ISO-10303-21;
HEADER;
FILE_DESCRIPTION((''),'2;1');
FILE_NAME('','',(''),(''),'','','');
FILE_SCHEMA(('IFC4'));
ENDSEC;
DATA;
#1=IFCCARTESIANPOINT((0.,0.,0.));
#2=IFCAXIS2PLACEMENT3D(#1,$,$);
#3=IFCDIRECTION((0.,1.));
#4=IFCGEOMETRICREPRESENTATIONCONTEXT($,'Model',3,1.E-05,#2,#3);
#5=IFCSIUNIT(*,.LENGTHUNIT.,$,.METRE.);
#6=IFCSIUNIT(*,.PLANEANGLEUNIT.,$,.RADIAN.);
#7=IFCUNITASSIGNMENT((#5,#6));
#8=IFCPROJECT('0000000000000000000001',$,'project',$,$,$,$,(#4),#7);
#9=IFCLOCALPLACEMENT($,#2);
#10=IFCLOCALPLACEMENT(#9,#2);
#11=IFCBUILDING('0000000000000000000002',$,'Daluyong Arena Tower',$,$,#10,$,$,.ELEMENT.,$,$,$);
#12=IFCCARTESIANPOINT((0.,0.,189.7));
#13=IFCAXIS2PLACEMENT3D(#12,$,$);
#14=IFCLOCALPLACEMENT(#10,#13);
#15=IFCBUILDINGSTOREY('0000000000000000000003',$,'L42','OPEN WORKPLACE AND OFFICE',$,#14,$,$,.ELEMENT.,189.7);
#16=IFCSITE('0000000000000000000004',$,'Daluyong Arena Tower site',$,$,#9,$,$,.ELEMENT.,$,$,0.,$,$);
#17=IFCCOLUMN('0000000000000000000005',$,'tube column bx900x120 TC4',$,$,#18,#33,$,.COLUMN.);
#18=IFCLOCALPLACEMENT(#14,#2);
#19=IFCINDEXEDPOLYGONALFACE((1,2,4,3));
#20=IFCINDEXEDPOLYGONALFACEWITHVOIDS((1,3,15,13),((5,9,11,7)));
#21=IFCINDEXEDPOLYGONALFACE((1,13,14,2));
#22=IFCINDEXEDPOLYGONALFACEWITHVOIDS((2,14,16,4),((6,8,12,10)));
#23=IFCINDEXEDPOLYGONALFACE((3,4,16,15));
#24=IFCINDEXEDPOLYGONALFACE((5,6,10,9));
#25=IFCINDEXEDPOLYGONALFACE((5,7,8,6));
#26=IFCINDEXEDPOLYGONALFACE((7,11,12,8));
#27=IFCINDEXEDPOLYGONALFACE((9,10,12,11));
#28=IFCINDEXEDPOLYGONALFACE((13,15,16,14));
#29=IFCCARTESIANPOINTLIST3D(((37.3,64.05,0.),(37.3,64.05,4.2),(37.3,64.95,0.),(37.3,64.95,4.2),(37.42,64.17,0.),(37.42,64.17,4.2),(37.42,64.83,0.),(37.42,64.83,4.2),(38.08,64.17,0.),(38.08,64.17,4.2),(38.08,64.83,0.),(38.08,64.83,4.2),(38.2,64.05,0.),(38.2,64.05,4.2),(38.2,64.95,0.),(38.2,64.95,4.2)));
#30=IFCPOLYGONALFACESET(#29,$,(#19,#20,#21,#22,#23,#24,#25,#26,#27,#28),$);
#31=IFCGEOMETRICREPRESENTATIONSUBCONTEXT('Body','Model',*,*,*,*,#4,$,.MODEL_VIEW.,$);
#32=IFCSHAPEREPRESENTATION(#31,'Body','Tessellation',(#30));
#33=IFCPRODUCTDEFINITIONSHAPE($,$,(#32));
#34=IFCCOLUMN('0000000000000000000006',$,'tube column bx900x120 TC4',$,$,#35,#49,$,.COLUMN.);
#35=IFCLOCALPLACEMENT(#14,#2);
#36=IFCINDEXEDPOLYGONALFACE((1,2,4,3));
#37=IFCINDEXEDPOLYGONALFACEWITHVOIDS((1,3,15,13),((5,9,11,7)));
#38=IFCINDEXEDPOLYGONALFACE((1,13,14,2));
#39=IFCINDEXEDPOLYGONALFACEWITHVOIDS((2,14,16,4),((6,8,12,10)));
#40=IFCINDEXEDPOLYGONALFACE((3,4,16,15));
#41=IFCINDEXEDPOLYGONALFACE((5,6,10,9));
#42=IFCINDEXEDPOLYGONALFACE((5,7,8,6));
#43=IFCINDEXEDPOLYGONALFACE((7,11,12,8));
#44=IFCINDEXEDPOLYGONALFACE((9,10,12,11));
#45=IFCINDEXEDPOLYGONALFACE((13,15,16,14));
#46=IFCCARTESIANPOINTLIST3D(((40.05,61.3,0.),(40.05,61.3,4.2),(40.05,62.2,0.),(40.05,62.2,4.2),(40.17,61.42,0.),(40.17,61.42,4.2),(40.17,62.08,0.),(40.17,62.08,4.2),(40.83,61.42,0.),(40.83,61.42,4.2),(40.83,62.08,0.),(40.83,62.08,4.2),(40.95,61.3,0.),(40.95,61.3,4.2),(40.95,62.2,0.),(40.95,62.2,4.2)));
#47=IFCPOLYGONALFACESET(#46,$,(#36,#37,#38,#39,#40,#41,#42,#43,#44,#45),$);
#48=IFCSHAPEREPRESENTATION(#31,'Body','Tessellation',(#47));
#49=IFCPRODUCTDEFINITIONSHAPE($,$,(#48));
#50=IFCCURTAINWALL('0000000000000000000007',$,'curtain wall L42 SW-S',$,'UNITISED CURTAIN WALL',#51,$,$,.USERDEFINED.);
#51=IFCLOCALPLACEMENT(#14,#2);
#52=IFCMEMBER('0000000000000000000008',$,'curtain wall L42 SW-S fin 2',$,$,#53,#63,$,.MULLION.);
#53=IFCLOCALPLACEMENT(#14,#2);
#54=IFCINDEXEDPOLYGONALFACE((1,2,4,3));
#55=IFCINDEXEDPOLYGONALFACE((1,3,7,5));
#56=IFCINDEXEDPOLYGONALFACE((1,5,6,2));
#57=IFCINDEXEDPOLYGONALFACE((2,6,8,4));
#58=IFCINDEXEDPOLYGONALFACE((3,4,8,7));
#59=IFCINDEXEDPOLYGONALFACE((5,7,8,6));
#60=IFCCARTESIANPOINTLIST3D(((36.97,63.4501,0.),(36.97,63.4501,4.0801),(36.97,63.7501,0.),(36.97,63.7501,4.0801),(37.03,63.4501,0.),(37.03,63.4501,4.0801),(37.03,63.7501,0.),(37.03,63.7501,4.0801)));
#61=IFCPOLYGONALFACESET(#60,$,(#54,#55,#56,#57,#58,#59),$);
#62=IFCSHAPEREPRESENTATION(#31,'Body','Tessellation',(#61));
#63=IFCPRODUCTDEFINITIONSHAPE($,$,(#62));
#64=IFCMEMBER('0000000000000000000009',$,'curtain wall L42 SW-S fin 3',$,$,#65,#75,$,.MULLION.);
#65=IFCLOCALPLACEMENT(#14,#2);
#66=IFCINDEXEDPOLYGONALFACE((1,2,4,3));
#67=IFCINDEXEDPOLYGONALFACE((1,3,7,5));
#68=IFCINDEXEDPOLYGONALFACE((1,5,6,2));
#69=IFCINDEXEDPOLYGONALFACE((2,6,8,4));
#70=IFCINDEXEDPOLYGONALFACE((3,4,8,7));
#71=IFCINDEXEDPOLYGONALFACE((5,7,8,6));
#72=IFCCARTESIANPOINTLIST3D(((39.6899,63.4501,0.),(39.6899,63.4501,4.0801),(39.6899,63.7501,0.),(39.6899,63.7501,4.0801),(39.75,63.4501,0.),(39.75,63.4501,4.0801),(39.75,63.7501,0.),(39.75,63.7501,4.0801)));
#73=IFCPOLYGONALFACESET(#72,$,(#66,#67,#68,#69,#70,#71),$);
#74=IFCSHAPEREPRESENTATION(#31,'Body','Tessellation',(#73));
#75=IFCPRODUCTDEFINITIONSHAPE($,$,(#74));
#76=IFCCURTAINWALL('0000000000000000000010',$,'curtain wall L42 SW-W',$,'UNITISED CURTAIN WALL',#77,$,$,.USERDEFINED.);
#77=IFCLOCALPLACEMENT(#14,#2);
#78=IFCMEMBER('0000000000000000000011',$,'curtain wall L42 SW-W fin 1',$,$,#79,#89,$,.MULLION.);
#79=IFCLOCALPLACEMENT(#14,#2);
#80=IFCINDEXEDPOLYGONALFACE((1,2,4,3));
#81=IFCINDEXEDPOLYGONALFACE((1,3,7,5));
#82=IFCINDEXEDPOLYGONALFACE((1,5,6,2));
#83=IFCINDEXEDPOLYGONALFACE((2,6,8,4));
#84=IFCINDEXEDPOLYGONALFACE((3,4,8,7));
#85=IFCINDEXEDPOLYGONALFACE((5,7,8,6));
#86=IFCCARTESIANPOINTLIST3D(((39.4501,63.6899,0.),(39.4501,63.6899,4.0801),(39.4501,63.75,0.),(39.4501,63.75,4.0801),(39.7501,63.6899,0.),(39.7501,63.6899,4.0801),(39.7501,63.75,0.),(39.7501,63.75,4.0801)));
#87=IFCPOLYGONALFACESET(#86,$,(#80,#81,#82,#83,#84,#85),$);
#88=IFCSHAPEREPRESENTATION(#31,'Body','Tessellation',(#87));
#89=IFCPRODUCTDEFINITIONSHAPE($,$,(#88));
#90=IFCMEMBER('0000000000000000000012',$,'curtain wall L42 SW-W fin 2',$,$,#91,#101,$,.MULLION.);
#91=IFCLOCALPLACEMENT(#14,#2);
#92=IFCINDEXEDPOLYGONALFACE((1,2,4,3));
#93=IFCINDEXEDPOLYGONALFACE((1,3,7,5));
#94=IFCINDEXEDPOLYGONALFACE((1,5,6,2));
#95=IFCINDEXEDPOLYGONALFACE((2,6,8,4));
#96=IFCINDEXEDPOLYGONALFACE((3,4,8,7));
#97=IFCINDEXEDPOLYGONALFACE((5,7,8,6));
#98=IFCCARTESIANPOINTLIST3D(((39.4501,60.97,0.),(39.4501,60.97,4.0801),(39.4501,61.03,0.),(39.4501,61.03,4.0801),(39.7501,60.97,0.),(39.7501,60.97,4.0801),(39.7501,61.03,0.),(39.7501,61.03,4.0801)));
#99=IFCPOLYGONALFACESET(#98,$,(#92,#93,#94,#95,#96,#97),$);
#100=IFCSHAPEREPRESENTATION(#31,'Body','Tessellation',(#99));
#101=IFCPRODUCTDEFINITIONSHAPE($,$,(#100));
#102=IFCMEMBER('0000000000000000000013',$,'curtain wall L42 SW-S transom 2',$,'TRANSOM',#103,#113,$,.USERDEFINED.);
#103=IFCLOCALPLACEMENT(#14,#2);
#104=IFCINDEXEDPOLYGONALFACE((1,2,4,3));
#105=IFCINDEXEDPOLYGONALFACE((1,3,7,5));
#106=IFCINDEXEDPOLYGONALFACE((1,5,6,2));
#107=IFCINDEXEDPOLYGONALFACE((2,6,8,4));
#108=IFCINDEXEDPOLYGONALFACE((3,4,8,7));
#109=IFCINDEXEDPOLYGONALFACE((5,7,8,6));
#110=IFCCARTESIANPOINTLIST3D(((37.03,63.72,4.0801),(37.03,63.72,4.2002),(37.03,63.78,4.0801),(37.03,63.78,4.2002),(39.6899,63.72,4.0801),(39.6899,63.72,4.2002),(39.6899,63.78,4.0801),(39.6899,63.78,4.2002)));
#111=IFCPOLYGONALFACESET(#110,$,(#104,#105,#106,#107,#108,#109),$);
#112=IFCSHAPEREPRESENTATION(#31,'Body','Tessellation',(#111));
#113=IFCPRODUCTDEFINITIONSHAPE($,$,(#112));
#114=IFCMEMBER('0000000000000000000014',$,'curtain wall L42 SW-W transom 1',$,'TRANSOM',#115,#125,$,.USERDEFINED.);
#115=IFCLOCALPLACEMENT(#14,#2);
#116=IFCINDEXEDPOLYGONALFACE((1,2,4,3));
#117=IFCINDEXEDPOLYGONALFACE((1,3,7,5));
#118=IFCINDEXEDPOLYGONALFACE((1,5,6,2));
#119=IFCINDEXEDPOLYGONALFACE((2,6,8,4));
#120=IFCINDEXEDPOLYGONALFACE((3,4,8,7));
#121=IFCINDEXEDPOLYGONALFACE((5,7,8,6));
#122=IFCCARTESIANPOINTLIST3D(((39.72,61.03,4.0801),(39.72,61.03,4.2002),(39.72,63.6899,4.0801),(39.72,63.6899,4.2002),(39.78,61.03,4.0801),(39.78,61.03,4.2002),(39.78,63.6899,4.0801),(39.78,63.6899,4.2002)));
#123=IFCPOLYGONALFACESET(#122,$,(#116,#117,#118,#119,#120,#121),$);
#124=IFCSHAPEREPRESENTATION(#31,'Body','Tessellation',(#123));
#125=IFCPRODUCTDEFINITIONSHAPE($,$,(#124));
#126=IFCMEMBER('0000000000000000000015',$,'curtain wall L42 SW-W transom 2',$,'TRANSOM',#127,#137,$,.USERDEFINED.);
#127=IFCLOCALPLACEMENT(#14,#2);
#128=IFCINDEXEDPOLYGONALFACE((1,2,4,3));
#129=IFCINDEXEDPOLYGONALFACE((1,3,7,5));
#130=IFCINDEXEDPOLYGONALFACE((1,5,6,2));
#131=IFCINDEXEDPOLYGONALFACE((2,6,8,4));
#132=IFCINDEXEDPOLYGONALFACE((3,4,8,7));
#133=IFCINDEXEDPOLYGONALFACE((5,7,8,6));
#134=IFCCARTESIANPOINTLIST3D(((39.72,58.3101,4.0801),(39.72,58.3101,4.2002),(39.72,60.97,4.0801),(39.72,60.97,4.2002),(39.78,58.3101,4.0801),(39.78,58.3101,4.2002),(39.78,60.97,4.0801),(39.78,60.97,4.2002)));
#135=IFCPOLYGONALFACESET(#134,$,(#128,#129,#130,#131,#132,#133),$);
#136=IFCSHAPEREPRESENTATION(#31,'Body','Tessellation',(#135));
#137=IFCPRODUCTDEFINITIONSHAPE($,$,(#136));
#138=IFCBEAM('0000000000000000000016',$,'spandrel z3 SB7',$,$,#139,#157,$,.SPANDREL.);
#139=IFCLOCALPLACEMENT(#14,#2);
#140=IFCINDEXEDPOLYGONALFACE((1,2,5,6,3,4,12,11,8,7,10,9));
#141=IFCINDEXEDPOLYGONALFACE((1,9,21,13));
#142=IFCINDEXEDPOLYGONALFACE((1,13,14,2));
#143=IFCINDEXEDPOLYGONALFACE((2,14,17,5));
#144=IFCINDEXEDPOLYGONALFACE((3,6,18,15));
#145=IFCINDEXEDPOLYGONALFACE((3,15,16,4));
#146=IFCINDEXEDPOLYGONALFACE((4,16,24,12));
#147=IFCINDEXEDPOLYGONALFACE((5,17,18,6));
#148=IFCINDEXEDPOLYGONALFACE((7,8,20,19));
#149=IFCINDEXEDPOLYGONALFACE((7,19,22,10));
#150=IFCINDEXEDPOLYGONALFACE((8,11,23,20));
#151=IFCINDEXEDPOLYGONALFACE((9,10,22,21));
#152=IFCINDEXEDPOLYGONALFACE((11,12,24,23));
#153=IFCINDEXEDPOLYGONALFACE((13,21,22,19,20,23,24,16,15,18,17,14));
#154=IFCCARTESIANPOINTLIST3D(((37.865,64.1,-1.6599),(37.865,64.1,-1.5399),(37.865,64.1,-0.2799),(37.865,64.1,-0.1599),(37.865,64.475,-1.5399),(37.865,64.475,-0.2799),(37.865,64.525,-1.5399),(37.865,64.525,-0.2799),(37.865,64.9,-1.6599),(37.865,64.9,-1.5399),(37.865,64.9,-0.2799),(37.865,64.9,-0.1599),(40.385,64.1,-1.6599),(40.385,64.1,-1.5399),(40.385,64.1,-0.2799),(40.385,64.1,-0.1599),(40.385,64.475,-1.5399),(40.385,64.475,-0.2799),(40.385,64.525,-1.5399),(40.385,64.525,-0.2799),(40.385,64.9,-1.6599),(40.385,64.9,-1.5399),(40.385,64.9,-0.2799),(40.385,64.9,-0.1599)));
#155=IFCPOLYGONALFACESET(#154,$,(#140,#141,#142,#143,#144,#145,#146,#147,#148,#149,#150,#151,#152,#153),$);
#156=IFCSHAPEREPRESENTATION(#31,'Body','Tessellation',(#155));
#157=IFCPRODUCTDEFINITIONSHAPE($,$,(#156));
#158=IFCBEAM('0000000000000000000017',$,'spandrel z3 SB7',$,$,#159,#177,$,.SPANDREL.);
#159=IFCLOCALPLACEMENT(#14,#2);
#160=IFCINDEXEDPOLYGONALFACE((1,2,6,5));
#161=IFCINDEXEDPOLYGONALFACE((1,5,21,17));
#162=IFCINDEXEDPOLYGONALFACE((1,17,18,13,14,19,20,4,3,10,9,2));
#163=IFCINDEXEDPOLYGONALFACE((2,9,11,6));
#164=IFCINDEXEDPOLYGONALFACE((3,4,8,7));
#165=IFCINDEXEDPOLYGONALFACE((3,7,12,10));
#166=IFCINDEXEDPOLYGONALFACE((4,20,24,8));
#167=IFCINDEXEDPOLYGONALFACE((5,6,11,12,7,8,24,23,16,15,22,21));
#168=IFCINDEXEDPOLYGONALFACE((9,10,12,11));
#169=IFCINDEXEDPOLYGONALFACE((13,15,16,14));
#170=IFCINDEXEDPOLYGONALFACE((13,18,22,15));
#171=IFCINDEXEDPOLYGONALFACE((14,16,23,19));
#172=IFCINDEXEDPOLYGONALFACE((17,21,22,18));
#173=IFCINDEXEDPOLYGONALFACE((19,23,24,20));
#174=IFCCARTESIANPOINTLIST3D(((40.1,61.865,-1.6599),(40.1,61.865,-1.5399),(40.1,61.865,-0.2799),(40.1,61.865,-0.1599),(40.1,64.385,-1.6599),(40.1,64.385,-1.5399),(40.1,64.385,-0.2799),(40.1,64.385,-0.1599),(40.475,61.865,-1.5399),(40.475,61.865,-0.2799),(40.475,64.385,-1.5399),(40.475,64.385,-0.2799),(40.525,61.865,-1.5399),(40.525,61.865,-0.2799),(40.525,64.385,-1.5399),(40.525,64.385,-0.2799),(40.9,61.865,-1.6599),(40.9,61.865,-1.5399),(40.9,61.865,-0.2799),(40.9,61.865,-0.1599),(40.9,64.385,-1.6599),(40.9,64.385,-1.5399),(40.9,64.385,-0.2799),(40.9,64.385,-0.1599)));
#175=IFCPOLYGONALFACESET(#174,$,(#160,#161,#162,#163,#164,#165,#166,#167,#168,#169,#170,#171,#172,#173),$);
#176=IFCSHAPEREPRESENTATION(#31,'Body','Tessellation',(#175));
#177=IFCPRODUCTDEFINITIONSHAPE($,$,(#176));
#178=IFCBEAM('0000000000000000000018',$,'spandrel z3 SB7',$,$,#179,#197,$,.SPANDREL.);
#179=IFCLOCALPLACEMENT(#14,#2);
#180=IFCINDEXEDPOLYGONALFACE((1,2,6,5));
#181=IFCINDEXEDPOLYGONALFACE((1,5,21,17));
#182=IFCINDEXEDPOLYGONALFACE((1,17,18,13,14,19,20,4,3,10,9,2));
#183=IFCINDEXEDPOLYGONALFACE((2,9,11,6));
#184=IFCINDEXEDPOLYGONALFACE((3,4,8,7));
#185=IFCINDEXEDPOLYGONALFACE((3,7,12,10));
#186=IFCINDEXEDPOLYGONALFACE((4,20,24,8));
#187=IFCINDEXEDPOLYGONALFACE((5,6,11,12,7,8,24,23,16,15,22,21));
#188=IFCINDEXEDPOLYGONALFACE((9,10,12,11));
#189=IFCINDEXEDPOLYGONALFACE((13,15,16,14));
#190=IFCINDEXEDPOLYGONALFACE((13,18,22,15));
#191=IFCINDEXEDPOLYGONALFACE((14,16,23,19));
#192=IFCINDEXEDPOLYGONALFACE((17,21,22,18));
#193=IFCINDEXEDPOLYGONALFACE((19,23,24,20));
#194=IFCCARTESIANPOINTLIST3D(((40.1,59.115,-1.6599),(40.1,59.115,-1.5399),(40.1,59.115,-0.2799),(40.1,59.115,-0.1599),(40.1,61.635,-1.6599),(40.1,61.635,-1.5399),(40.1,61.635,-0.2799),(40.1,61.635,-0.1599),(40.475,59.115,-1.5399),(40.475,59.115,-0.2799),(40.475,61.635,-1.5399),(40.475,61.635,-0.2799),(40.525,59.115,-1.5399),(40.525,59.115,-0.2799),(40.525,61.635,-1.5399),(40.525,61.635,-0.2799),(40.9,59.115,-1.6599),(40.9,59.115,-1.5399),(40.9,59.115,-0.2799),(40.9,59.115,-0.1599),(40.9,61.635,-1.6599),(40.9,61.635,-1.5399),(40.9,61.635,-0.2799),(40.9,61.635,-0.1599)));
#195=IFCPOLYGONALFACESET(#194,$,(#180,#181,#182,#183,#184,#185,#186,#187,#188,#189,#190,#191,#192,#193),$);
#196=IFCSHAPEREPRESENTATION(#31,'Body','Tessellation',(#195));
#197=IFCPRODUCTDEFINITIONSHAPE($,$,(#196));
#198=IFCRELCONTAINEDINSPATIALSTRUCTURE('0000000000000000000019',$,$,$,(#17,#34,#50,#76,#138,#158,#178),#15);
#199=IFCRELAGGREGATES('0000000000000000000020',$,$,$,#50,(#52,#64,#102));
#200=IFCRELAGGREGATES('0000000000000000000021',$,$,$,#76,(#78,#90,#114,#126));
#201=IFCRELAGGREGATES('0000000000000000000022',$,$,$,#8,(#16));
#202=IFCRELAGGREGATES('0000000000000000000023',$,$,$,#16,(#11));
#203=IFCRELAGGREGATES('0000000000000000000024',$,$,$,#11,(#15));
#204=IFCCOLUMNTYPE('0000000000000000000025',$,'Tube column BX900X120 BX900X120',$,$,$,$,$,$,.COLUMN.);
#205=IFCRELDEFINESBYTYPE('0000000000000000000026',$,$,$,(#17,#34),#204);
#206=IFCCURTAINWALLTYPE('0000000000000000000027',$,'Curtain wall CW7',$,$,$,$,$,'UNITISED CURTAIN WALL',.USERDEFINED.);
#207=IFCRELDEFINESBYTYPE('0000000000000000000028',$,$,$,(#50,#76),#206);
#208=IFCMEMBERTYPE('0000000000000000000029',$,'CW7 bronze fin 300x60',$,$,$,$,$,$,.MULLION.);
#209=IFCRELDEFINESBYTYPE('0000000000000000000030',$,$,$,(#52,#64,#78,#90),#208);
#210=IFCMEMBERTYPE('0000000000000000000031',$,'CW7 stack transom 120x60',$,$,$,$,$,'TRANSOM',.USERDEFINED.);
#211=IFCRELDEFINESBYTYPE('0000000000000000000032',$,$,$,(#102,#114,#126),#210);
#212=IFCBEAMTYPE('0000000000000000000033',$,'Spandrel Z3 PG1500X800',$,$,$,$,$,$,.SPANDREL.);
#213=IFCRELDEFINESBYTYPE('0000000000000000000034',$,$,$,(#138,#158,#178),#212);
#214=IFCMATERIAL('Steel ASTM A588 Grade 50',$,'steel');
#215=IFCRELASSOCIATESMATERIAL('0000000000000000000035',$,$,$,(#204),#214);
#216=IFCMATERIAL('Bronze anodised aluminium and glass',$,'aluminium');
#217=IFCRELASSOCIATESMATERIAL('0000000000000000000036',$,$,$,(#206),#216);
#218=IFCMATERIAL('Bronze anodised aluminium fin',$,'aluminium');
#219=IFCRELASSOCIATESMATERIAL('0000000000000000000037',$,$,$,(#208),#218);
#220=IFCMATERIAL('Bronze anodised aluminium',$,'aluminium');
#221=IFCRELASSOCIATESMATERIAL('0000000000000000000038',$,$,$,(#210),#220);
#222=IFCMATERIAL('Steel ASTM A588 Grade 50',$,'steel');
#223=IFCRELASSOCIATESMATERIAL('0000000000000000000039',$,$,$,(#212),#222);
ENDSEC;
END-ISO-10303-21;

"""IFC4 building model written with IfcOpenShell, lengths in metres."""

from ifc_helpers import new_model, si_unit, direction, frame, origin, origin_2d, place, context, subcontext, project, spatial, rectangle, hollow_rectangle, i_section, extrude, material, material_profile, profile_set, type_object, element, aggregate, save


model = new_model("IFC4")

# Units and contexts
model_context = context("Model", 3, precision=1e-05, world=origin(), true_north=direction((0.0, 1.0)))
body_context = subcontext(model_context, "Body", "Model", "MODEL_VIEW")
ifc_project = project(units=[si_unit("LENGTHUNIT", "METRE"), si_unit("PLANEANGLEUNIT", "RADIAN")], contexts=[model_context])

# Site, building, storey
site_placement = place(None, origin())
site = spatial("IfcSite", under=ifc_project, at=site_placement, Name="Daluyong Arena Tower site", CompositionType="ELEMENT", RefElevation=0.0)
building_placement = place(site_placement, origin())
building = spatial("IfcBuilding", under=site, at=building_placement, Name="Daluyong Arena Tower", CompositionType="ELEMENT")
storey_placement = place(building_placement, frame((0.0, 0.0, 189.7)))
storey = spatial("IfcBuildingStorey", under=building, at=storey_placement, Name="L42", Description="OPEN WORKPLACE AND OFFICE", CompositionType="ELEMENT", Elevation=189.7)

# Columns
ifc_material_1 = material(Name="Steel ASTM A588 Grade 50", Category="steel")
ifc_material_profile_1 = material_profile(ifc_material_1, hollow_rectangle(XDim=0.8999, YDim=0.8999, WallThickness=0.12, at=origin_2d()))
ifc_profile_set_1 = profile_set([ifc_material_profile_1], Name="Steel ASTM A588 Grade 50")
column_type = type_object("IfcColumnType", Name="Tube column BX900X120 BX900X120", PredefinedType="COLUMN", material=ifc_profile_set_1)
for number, where, z_axis, x_axis, name in (
    (1, (37.75, 64.5, 0.0), (0.0, 0.0, 1.0), (1.0, 0.0, 0.0), "tube column bx900x120 TC4"),
    (2, (40.5, 61.75, 0.0), (0.0, 0.0, 1.0), (0.0, 1.0, 0.0), "tube column bx900x120 TC4"),
):
    element("IfcColumn", number, at=place(storey_placement, frame(where, z_axis=z_axis, x_axis=x_axis)), inside=storey, type_object=column_type, Name=name, PredefinedType="COLUMN", context=body_context, shape_type="SweptSolid", body=[
        extrude(hollow_rectangle(XDim=0.8999, YDim=0.8999, WallThickness=0.12, at=origin_2d()), origin(), (0.0, 0.0, 1.0), 4.2),
    ])

# Curtain walls, members
ifc_material_2 = material(Name="Bronze anodised aluminium and glass", Category="aluminium")
curtain_wall_type = type_object("IfcCurtainWallType", Name="Curtain wall CW7", ElementType="UNITISED CURTAIN WALL", PredefinedType="USERDEFINED", material=ifc_material_2)
curtain_wall_1_placement = place(storey_placement, origin())
curtain_wall_1 = element("IfcCurtainWall", 3, at=curtain_wall_1_placement, inside=storey, type_object=curtain_wall_type, Name="curtain wall L42 SW-S", ObjectType="UNITISED CURTAIN WALL", PredefinedType="USERDEFINED")
ifc_material_3 = material(Name="Bronze anodised aluminium fin", Category="aluminium")
ifc_material_profile_2 = material_profile(ifc_material_3, rectangle(XDim=0.3, YDim=0.0601, at=origin_2d()))
ifc_profile_set_2 = profile_set([ifc_material_profile_2], Name="Bronze anodised aluminium fin")
member_type_1 = type_object("IfcMemberType", Name="CW7 bronze fin 300x60", PredefinedType="MULLION", material=ifc_profile_set_2)
member_1_placement = place(storey_placement, frame((37.0, 63.6001, 0.0), z_axis=(0.0, 0.0, 1.0), x_axis=(0.0, 1.0, 0.0)))
member_1 = element("IfcMember", 4, at=member_1_placement, type_object=member_type_1, Name="curtain wall L42 SW-S fin 2", PredefinedType="MULLION", context=body_context, shape_type="SweptSolid", body=[
    extrude(rectangle(XDim=0.3, YDim=0.0601, at=origin_2d()), origin(), (0.0, 0.0, 1.0), 4.0801),
])
member_2_placement = place(storey_placement, frame((39.72, 63.6001, 0.0), z_axis=(0.0, 0.0, 1.0), x_axis=(0.0, 1.0, 0.0)))
member_2 = element("IfcMember", 5, at=member_2_placement, type_object=member_type_1, Name="curtain wall L42 SW-S fin 3", PredefinedType="MULLION", context=body_context, shape_type="SweptSolid", body=[
    extrude(rectangle(XDim=0.3, YDim=0.0601, at=origin_2d()), origin(), (0.0, 0.0, 1.0), 4.0801),
])
curtain_wall_2_placement = place(storey_placement, origin())
curtain_wall_2 = element("IfcCurtainWall", 6, at=curtain_wall_2_placement, inside=storey, type_object=curtain_wall_type, Name="curtain wall L42 SW-W", ObjectType="UNITISED CURTAIN WALL", PredefinedType="USERDEFINED")
member_3_placement = place(storey_placement, frame((39.6001, 63.72, 0.0), z_axis=(0.0, 0.0, 1.0), x_axis=(1.0, 0.0, 0.0)))
member_3 = element("IfcMember", 7, at=member_3_placement, type_object=member_type_1, Name="curtain wall L42 SW-W fin 1", PredefinedType="MULLION", context=body_context, shape_type="SweptSolid", body=[
    extrude(rectangle(XDim=0.3, YDim=0.0601, at=origin_2d()), origin(), (0.0, 0.0, 1.0), 4.0801),
])
member_4_placement = place(storey_placement, frame((39.6001, 61.0, 0.0), z_axis=(0.0, 0.0, 1.0), x_axis=(1.0, 0.0, 0.0)))
member_4 = element("IfcMember", 8, at=member_4_placement, type_object=member_type_1, Name="curtain wall L42 SW-W fin 2", PredefinedType="MULLION", context=body_context, shape_type="SweptSolid", body=[
    extrude(rectangle(XDim=0.3, YDim=0.0601, at=origin_2d()), origin(), (0.0, 0.0, 1.0), 4.0801),
])

# Members
ifc_material_4 = material(Name="Bronze anodised aluminium", Category="aluminium")
ifc_material_profile_3 = material_profile(ifc_material_4, rectangle(XDim=0.0601, YDim=0.1201, at=origin_2d()))
ifc_profile_set_3 = profile_set([ifc_material_profile_3], Name="Bronze anodised aluminium")
member_type_2 = type_object("IfcMemberType", Name="CW7 stack transom 120x60", ElementType="TRANSOM", PredefinedType="USERDEFINED", material=ifc_profile_set_3)
member_5_placement = place(storey_placement, frame((37.03, 63.75, 4.1401), z_axis=(1.0, 0.0, 0.0), x_axis=(0.0, 1.0, 0.0)))
member_5 = element("IfcMember", 9, at=member_5_placement, type_object=member_type_2, Name="curtain wall L42 SW-S transom 2", ObjectType="TRANSOM", PredefinedType="USERDEFINED", context=body_context, shape_type="SweptSolid", body=[
    extrude(rectangle(XDim=0.0601, YDim=0.1201, at=origin_2d()), origin(), (0.0, 0.0, 1.0), 2.6599),
])
member_6_placement = place(storey_placement, frame((39.75, 63.6899, 4.1401), z_axis=(0.0, -1.0, 0.0), x_axis=(1.0, 0.0, 0.0)))
member_6 = element("IfcMember", 10, at=member_6_placement, type_object=member_type_2, Name="curtain wall L42 SW-W transom 1", ObjectType="TRANSOM", PredefinedType="USERDEFINED", context=body_context, shape_type="SweptSolid", body=[
    extrude(rectangle(XDim=0.0601, YDim=0.1201, at=origin_2d()), origin(), (0.0, 0.0, 1.0), 2.6599),
])
member_7_placement = place(storey_placement, frame((39.75, 60.97, 4.1401), z_axis=(0.0, -1.0, 0.0), x_axis=(1.0, 0.0, 0.0)))
member_7 = element("IfcMember", 11, at=member_7_placement, type_object=member_type_2, Name="curtain wall L42 SW-W transom 2", ObjectType="TRANSOM", PredefinedType="USERDEFINED", context=body_context, shape_type="SweptSolid", body=[
    extrude(rectangle(XDim=0.0601, YDim=0.1201, at=origin_2d()), origin(), (0.0, 0.0, 1.0), 2.6599),
])

# Beams
ifc_material_5 = material(Name="Steel ASTM A588 Grade 50", Category="steel")
ifc_material_profile_4 = material_profile(ifc_material_5, i_section(OverallWidth=0.8, OverallDepth=1.5, WebThickness=0.05, FlangeThickness=0.12, at=origin_2d()))
ifc_profile_set_4 = profile_set([ifc_material_profile_4], Name="Steel ASTM A588 Grade 50")
beam_type = type_object("IfcBeamType", Name="Spandrel Z3 PG1500X800", PredefinedType="SPANDREL", material=ifc_profile_set_4)
for number, where, z_axis, x_axis, name in (
    (12, (37.865, 64.5, -0.9099), (1.0, 0.0, 0.0), (0.0, 1.0, 0.0), "spandrel z3 SB7"),
    (13, (40.5, 64.385, -0.9099), (0.0, -1.0, 0.0), (1.0, 0.0, 0.0), "spandrel z3 SB7"),
    (14, (40.5, 61.635, -0.9099), (0.0, -1.0, 0.0), (1.0, 0.0, 0.0), "spandrel z3 SB7"),
):
    element("IfcBeam", number, at=place(storey_placement, frame(where, z_axis=z_axis, x_axis=x_axis)), inside=storey, type_object=beam_type, Name=name, PredefinedType="SPANDREL", context=body_context, shape_type="SweptSolid", body=[
        extrude(i_section(OverallWidth=0.8, OverallDepth=1.5, WebThickness=0.05, FlangeThickness=0.12, at=origin_2d()), origin(), (0.0, 0.0, 1.0), 2.52),
    ])

aggregate(curtain_wall_1, [member_1, member_2, member_5])
aggregate(curtain_wall_2, [member_3, member_4, member_6, member_7])

save(model, "model.ifc")
